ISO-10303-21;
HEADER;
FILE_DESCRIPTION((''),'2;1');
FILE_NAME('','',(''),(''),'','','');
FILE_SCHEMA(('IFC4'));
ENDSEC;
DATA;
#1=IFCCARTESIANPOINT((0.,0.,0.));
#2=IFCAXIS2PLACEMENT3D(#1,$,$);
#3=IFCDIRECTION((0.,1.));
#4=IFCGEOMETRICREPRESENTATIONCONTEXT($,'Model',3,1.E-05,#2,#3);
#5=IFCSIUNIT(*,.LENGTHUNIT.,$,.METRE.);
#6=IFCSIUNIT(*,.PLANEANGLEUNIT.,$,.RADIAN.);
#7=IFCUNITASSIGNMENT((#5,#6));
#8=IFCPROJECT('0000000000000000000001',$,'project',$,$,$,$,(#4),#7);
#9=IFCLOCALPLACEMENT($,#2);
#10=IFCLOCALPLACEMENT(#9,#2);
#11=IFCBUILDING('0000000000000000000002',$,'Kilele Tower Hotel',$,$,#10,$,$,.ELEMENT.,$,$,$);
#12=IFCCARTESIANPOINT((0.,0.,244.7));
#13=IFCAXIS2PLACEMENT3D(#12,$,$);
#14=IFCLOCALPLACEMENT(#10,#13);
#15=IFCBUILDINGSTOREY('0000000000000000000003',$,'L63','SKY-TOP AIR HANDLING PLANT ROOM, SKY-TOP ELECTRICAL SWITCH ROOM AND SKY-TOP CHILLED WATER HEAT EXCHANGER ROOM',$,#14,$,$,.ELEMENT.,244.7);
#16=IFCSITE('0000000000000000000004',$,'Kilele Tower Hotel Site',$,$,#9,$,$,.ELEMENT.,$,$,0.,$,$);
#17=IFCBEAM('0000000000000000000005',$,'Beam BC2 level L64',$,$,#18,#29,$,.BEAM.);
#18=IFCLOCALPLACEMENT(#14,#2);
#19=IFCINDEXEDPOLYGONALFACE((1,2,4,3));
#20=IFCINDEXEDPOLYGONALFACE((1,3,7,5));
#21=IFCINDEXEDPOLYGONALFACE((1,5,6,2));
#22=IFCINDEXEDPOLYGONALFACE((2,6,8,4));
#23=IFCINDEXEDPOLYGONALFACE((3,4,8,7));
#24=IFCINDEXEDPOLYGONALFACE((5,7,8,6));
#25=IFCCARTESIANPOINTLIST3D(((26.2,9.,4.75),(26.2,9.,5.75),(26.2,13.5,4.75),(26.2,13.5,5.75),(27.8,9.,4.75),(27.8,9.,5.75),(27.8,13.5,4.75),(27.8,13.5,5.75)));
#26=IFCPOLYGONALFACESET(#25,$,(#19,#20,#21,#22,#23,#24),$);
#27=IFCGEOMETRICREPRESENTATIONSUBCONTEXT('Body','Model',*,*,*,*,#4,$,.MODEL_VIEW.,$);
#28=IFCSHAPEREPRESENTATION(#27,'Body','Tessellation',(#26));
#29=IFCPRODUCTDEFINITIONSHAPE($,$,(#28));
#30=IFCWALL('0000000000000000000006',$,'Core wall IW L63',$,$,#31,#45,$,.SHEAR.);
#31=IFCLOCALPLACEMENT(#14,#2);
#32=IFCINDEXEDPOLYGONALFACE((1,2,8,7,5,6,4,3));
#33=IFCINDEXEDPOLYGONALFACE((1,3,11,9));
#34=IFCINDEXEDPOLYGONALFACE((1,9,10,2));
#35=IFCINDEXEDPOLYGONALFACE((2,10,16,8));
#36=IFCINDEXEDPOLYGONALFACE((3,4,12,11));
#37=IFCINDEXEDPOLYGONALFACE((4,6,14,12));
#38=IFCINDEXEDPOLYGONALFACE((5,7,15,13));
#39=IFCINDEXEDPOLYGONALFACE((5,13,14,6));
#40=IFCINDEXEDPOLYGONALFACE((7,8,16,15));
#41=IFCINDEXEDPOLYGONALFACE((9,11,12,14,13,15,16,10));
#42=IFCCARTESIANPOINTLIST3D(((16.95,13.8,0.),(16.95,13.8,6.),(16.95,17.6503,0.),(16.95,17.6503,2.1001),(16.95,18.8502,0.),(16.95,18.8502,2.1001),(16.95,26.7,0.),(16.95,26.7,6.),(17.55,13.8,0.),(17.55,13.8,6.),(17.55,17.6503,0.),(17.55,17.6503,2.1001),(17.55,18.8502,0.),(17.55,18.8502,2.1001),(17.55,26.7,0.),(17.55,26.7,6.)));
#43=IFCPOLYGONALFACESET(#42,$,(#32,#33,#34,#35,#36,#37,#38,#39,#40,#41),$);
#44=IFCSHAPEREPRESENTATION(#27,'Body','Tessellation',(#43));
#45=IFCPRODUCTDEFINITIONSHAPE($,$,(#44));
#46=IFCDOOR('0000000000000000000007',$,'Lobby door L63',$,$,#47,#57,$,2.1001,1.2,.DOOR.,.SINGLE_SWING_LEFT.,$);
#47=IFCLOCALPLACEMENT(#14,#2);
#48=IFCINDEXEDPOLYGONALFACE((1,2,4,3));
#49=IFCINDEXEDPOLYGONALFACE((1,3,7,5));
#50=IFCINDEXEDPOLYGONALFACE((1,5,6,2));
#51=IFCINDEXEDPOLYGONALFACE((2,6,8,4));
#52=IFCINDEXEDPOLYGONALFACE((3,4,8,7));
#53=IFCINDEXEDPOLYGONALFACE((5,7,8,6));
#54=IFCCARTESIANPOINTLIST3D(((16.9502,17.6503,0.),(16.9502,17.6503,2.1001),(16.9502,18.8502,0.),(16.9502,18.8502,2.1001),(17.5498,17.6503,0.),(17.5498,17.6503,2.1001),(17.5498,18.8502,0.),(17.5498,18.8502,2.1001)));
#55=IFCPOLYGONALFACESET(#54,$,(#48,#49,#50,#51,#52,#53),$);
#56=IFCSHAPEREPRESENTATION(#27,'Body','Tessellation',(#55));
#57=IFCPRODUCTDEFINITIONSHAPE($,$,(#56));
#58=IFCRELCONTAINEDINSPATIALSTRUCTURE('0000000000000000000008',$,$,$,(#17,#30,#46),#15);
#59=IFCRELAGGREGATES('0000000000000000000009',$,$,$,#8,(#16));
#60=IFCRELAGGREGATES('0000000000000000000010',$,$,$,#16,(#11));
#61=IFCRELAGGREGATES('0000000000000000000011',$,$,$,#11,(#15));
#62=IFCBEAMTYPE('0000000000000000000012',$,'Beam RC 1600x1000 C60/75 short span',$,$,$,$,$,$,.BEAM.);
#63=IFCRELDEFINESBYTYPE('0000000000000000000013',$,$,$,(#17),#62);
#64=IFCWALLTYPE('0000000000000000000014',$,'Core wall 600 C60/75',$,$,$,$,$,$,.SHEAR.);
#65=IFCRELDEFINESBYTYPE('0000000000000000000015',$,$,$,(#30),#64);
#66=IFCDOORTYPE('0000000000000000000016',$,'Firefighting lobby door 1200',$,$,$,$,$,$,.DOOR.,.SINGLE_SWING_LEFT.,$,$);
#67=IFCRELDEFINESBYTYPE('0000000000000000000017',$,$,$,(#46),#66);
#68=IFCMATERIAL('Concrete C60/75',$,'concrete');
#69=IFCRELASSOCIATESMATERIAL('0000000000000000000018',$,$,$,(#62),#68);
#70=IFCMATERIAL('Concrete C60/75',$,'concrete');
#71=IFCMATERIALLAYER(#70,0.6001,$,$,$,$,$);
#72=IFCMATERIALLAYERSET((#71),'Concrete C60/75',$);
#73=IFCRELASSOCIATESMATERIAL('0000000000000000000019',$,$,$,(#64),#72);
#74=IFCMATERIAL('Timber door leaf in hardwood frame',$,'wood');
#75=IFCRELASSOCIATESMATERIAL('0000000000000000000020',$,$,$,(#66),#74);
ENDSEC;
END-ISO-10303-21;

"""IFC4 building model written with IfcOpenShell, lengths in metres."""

from ifc_helpers import new_model, si_unit, direction, frame, frame_2d, origin, origin_2d, place, context, subcontext, project, spatial, rectangle, extrude, material, layer, layer_set, material_profile, profile_set, type_object, element, fill, save


model = new_model("IFC4")

# Units and contexts
model_context = context("Model", 3, precision=1e-05, world=origin(), true_north=direction((0.0, 1.0)))
body_context = subcontext(model_context, "Body", "Model", "MODEL_VIEW")
ifc_project = project(units=[si_unit("LENGTHUNIT", "METRE"), si_unit("PLANEANGLEUNIT", "RADIAN")], contexts=[model_context])

# Site, building, storey
site_placement = place(None, origin())
site = spatial("IfcSite", under=ifc_project, at=site_placement, Name="Kilele Tower Hotel Site", CompositionType="ELEMENT", RefElevation=0.0)
building_placement = place(site_placement, origin())
building = spatial("IfcBuilding", under=site, at=building_placement, Name="Kilele Tower Hotel", CompositionType="ELEMENT")
storey_placement = place(building_placement, frame((0.0, 0.0, 244.7)))
storey = spatial("IfcBuildingStorey", under=building, at=storey_placement, Name="L63", Description="SKY-TOP AIR HANDLING PLANT ROOM, SKY-TOP ELECTRICAL SWITCH ROOM AND SKY-TOP CHILLED WATER HEAT EXCHANGER ROOM", CompositionType="ELEMENT", Elevation=244.7)

# Beam
ifc_material_1 = material(Name="Concrete C60/75", Category="concrete")
ifc_material_profile = material_profile(ifc_material_1, rectangle(XDim=1.6001, YDim=1.0, at=origin_2d()))
ifc_profile_set = profile_set([ifc_material_profile], Name="Concrete C60/75")
beam_type = type_object("IfcBeamType", Name="Beam RC 1600x1000 C60/75 short span", PredefinedType="BEAM", material=ifc_profile_set)
beam_placement = place(storey_placement, frame((27.0, 9.0, 5.25), z_axis=(0.0, 1.0, 0.0), x_axis=(-1.0, 0.0, 0.0)))
element("IfcBeam", 1, at=beam_placement, inside=storey, type_object=beam_type, Name="Beam BC2 level L64", PredefinedType="BEAM", context=body_context, shape_type="SweptSolid", body=[
    extrude(rectangle(XDim=1.6001, YDim=1.0, at=origin_2d()), origin(), (0.0, 0.0, 1.0), 4.5),
])

# Wall, opening, door
ifc_material_2 = material(Name="Concrete C60/75", Category="concrete")
ifc_layer_1 = layer(ifc_material_2, 0.6001)
ifc_layer_set_1 = layer_set([ifc_layer_1], Name="Concrete C60/75")
wall_type_1 = type_object("IfcWallType", Name="Core wall 600 C60/75", PredefinedType="SHEAR", material=ifc_layer_set_1)
wall_1_placement = place(storey_placement, frame((17.25, 13.8, 0.0), z_axis=(0.0, 0.0, 1.0), x_axis=(0.0, 1.0, 0.0)))
wall_1 = element("IfcWall", 2, at=wall_1_placement, inside=storey, type_object=wall_type_1, Name="Core wall IW L63", PredefinedType="SHEAR", context=body_context, shape_type="SweptSolid", body=[
    extrude(rectangle(XDim=12.8999, YDim=0.6001, at=frame_2d((6.45, 0.0))), origin(), (0.0, 0.0, 1.0), 6.0),
])
opening_1_placement = place(wall_1_placement, frame((3.8501, 0.0, 0.0)))
opening_1 = element("IfcOpeningElement", 3, at=opening_1_placement, cuts=wall_1, PredefinedType="OPENING", context=body_context, shape_type="SweptSolid", body=[
    extrude(rectangle(XDim=1.2, YDim=2.1001, at=frame_2d((0.6001, 1.05))), frame((0.0, 0.3101, 0.0), z_axis=(0.0, -1.0, 0.0), x_axis=(1.0, 0.0, 0.0)), (0.0, 0.0, 1.0), 0.6201),
])
ifc_material_3 = material(Name="Timber door leaf in hardwood frame", Category="wood")
door_type_1 = type_object("IfcDoorType", Name="Firefighting lobby door 1200", OperationType="SINGLE_SWING_LEFT", PredefinedType="DOOR", material=ifc_material_3)
door_1_placement = place(opening_1_placement, origin())
door_1 = element("IfcDoor", 4, at=door_1_placement, inside=storey, type_object=door_type_1, Name="Lobby door L63", OperationType="SINGLE_SWING_LEFT", OverallHeight=2.1001, OverallWidth=1.2, PredefinedType="DOOR", context=body_context, shape_type="SweptSolid", body=[
    extrude(rectangle(XDim=1.2, YDim=2.1001, at=frame_2d((0.6001, 1.05))), frame((0.0, 0.2998, 0.0), z_axis=(0.0, -1.0, 0.0), x_axis=(1.0, 0.0, 0.0)), (0.0, 0.0, 1.0), 0.5996),
])
fill(opening_1, door_1)

save(model, "model.ifc")
